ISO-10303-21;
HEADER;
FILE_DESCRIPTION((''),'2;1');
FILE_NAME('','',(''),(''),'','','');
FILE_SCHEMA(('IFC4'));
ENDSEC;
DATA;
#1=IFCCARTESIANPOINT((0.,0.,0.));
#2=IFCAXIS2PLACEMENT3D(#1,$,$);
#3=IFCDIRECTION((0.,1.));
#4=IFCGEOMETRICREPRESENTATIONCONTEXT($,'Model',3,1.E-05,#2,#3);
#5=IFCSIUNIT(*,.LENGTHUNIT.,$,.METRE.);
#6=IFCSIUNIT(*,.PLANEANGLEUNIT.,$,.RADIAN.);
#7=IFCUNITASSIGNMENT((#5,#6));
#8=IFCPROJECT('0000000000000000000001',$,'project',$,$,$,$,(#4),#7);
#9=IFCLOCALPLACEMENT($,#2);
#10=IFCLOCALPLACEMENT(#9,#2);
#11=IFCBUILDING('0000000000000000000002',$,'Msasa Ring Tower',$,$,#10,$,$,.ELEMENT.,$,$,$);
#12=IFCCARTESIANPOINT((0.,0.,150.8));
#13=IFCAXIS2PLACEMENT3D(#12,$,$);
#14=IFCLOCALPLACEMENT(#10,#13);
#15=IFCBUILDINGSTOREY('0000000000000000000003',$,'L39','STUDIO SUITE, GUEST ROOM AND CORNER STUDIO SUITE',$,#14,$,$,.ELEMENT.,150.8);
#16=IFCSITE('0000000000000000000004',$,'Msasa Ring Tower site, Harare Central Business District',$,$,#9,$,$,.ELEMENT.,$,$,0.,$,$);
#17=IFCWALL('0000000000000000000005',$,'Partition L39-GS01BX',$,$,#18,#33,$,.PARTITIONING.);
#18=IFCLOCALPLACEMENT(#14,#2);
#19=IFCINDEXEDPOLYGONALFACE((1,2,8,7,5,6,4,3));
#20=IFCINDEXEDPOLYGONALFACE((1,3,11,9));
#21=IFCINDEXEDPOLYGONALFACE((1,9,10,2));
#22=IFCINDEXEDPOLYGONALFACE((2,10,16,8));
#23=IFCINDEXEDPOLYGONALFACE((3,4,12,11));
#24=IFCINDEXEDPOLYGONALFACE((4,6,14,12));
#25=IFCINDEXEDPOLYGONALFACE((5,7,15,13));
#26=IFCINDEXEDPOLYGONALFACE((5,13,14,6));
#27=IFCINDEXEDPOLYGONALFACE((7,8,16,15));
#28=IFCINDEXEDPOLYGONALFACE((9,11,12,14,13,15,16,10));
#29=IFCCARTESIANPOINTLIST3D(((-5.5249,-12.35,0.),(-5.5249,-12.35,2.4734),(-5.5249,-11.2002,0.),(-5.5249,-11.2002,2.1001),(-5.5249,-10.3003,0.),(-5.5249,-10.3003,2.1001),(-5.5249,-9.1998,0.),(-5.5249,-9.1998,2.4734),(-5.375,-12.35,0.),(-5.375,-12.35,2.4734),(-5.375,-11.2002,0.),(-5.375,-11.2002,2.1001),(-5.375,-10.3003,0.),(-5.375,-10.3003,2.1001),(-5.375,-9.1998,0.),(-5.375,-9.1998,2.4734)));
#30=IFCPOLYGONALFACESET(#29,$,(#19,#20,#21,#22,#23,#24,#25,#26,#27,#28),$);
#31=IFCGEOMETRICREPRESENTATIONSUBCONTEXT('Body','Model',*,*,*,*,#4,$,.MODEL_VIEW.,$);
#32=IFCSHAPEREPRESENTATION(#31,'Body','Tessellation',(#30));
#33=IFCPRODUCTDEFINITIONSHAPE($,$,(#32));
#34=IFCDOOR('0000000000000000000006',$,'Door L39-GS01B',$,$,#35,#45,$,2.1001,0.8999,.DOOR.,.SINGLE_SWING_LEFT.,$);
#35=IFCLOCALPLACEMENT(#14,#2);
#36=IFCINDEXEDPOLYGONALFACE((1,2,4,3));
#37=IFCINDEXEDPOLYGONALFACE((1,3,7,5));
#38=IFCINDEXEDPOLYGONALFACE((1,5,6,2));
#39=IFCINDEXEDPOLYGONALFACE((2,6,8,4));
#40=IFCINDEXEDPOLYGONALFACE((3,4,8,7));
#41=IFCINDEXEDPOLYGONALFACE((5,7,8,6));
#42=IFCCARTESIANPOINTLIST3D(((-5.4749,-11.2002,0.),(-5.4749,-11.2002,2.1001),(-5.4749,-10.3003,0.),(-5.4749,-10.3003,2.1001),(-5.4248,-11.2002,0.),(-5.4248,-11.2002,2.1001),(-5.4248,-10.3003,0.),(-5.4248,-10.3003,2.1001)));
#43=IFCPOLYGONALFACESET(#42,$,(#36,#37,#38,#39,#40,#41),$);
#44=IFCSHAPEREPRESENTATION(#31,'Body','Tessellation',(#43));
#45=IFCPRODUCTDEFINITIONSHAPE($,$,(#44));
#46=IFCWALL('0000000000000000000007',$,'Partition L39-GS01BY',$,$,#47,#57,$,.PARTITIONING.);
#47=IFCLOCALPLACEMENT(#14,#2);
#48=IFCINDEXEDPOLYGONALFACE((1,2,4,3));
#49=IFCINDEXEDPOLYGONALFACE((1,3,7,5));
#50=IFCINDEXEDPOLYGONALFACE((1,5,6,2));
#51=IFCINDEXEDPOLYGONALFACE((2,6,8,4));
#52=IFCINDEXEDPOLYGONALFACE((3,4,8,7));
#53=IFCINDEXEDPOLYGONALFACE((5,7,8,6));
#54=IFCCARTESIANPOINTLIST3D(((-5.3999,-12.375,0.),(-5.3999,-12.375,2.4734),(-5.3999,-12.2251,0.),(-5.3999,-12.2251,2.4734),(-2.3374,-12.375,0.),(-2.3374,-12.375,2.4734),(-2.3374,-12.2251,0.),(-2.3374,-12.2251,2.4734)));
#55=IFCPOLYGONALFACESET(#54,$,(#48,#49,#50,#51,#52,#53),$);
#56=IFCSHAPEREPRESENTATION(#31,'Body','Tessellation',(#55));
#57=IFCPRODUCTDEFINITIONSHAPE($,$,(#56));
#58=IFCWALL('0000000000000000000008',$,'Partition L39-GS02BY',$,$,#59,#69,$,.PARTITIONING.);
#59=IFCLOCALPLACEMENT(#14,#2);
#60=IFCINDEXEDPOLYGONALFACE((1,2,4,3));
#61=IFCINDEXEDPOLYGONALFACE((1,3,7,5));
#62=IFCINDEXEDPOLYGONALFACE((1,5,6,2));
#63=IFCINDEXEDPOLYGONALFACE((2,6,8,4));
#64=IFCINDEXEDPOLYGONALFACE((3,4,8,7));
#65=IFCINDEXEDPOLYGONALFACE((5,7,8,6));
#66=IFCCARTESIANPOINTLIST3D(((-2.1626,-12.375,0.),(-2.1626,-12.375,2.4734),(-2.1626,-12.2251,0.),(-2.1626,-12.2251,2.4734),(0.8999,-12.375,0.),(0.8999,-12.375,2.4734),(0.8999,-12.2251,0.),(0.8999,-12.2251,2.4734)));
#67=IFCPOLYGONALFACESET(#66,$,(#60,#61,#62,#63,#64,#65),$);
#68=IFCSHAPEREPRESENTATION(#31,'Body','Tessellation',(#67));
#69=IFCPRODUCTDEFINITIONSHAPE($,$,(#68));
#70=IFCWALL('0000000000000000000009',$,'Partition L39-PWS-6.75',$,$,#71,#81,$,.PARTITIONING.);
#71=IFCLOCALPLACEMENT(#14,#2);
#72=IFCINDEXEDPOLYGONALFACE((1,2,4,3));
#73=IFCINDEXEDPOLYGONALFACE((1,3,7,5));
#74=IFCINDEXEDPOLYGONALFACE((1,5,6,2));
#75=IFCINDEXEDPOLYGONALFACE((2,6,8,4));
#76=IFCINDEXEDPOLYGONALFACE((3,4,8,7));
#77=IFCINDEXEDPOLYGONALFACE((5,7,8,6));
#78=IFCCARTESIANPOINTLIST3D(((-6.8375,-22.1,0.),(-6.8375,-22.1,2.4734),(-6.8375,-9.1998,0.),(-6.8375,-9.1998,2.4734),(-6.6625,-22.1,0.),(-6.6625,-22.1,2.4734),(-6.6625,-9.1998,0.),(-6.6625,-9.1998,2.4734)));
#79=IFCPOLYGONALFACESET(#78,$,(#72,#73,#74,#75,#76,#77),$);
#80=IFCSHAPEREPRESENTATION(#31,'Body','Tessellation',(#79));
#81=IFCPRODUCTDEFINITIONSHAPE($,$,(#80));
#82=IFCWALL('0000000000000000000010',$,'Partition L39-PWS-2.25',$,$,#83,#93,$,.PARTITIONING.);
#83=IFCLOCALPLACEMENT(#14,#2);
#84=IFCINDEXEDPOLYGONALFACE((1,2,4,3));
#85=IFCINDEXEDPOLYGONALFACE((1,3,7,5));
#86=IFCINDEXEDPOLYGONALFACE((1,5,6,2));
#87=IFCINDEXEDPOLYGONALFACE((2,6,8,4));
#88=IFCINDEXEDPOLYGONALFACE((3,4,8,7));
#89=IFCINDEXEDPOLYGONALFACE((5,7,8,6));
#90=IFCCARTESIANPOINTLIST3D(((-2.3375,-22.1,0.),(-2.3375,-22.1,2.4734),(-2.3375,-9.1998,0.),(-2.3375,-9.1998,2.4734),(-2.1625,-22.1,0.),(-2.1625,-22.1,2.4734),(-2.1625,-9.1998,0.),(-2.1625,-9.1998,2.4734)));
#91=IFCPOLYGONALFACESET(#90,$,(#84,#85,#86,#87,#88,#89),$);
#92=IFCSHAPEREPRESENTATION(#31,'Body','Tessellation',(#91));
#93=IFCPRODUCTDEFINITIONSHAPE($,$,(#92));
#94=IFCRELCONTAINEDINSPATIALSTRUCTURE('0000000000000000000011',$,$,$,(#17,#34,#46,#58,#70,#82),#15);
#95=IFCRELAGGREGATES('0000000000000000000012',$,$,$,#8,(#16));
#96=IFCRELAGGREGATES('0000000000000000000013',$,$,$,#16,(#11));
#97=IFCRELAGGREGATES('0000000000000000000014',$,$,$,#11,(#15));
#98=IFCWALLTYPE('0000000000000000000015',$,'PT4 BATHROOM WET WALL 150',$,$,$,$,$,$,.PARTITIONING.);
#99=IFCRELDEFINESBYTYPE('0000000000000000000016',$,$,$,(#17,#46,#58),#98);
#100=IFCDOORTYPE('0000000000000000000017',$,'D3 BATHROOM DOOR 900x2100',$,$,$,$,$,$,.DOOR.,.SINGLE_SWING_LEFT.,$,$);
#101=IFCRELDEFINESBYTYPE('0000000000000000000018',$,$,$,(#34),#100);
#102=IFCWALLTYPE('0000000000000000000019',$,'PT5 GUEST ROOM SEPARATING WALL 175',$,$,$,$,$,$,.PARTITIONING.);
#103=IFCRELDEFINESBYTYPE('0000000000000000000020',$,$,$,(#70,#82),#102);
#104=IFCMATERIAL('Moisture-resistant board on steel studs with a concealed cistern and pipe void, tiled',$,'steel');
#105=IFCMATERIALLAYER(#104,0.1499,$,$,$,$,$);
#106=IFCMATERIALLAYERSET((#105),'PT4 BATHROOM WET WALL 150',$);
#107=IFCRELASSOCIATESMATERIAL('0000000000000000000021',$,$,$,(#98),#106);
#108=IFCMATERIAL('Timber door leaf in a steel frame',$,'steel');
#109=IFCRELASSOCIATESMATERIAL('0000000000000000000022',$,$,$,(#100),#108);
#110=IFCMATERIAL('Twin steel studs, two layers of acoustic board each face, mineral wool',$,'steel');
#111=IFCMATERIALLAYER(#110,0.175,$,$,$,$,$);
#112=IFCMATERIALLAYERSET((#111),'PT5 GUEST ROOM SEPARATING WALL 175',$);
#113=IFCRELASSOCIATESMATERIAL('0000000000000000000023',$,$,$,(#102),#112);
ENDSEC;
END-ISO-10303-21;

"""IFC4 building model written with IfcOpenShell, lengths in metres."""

from ifc_helpers import new_model, si_unit, direction, frame, frame_2d, origin, place, context, subcontext, project, spatial, rectangle, extrude, material, layer, layer_set, type_object, element, fill, save


model = new_model("IFC4")

# Units and contexts
model_context = context("Model", 3, precision=1e-05, world=origin(), true_north=direction((0.0, 1.0)))
body_context = subcontext(model_context, "Body", "Model", "MODEL_VIEW")
ifc_project = project(units=[si_unit("LENGTHUNIT", "METRE"), si_unit("PLANEANGLEUNIT", "RADIAN")], contexts=[model_context])

# Site, building, storey
site_placement = place(None, origin())
site = spatial("IfcSite", under=ifc_project, at=site_placement, Name="Msasa Ring Tower site, Harare Central Business District", CompositionType="ELEMENT", RefElevation=0.0)
building_placement = place(site_placement, origin())
building = spatial("IfcBuilding", under=site, at=building_placement, Name="Msasa Ring Tower", CompositionType="ELEMENT")
storey_placement = place(building_placement, frame((0.0, 0.0, 150.8)))
storey = spatial("IfcBuildingStorey", under=building, at=storey_placement, Name="L39", Description="STUDIO SUITE, GUEST ROOM AND CORNER STUDIO SUITE", CompositionType="ELEMENT", Elevation=150.8)

# Shared definitions
ifc_material_1 = material(Name="Moisture-resistant board on steel studs with a concealed cistern and pipe void, tiled", Category="steel")
ifc_layer_1 = layer(ifc_material_1, 0.1499)
ifc_layer_set_1 = layer_set([ifc_layer_1], Name="PT4 BATHROOM WET WALL 150")
wall_type_1 = type_object("IfcWallType", Name="PT4 BATHROOM WET WALL 150", PredefinedType="PARTITIONING", material=ifc_layer_set_1)

# Wall, opening, door
wall_1_placement = place(storey_placement, frame((-5.45, -12.3501, 0.0), z_axis=(0.0, 0.0, 1.0), x_axis=(0.0, 1.0, 0.0)))
wall_1 = element("IfcWall", 1, at=wall_1_placement, inside=storey, type_object=wall_type_1, Name="Partition L39-GS01BX", PredefinedType="PARTITIONING", context=body_context, shape_type="SweptSolid", body=[
    extrude(rectangle(XDim=3.1501, YDim=0.1499, at=frame_2d((1.5752, 0.0))), origin(), (0.0, 0.0, 1.0), 2.4734),
])
opening_1_placement = place(wall_1_placement, frame((1.1499, 0.0, 0.0)))
opening_1 = element("IfcOpeningElement", 2, at=opening_1_placement, cuts=wall_1, PredefinedType="OPENING", context=body_context, shape_type="SweptSolid", body=[
    extrude(rectangle(XDim=0.8999, YDim=2.1001, at=frame_2d((0.45, 1.05))), frame((0.0, 0.085, 0.0), z_axis=(0.0, -1.0, 0.0), x_axis=(1.0, 0.0, 0.0)), (0.0, 0.0, 1.0), 0.1699),
])
ifc_material_2 = material(Name="Timber door leaf in a steel frame", Category="steel")
door_type = type_object("IfcDoorType", Name="D3 BATHROOM DOOR 900x2100", OperationType="SINGLE_SWING_LEFT", PredefinedType="DOOR", material=ifc_material_2)
door_placement = place(opening_1_placement, origin())
door = element("IfcDoor", 3, at=door_placement, inside=storey, type_object=door_type, Name="Door L39-GS01B", OperationType="SINGLE_SWING_LEFT", OverallHeight=2.1001, OverallWidth=0.8999, PredefinedType="DOOR", context=body_context, shape_type="SweptSolid", body=[
    extrude(rectangle(XDim=0.8999, YDim=2.1001, at=frame_2d((0.45, 1.05))), frame((0.0, 0.0249, 0.0), z_axis=(0.0, -1.0, 0.0), x_axis=(1.0, 0.0, 0.0)), (0.0, 0.0, 1.0), 0.05),
])
fill(opening_1, door)

# Walls
for number, where, z_axis, x_axis, name in (
    (4, (-5.3999, -12.3, 0.0), (0.0, 0.0, 1.0), (1.0, 0.0, 0.0), "Partition L39-GS01BY"),
    (5, (-2.1626, -12.3, 0.0), (0.0, 0.0, 1.0), (1.0, 0.0, 0.0), "Partition L39-GS02BY"),
):
    element("IfcWall", number, at=place(storey_placement, frame(where, z_axis=z_axis, x_axis=x_axis)), inside=storey, type_object=wall_type_1, Name=name, PredefinedType="PARTITIONING", context=body_context, shape_type="SweptSolid", body=[
        extrude(rectangle(XDim=3.0625, YDim=0.1499, at=frame_2d((1.5312, 0.0))), origin(), (0.0, 0.0, 1.0), 2.4734),
    ])
ifc_material_3 = material(Name="Twin steel studs, two layers of acoustic board each face, mineral wool", Category="steel")
ifc_layer_2 = layer(ifc_material_3, 0.175)
ifc_layer_set_2 = layer_set([ifc_layer_2], Name="PT5 GUEST ROOM SEPARATING WALL 175")
wall_type_2 = type_object("IfcWallType", Name="PT5 GUEST ROOM SEPARATING WALL 175", PredefinedType="PARTITIONING", material=ifc_layer_set_2)
for number, where, z_axis, x_axis, name in (
    (6, (-6.75, -22.1001, 0.0), (0.0, 0.0, 1.0), (0.0, 1.0, 0.0), "Partition L39-PWS-6.75"),
    (7, (-2.25, -22.1001, 0.0), (0.0, 0.0, 1.0), (0.0, 1.0, 0.0), "Partition L39-PWS-2.25"),
):
    element("IfcWall", number, at=place(storey_placement, frame(where, z_axis=z_axis, x_axis=x_axis)), inside=storey, type_object=wall_type_2, Name=name, PredefinedType="PARTITIONING", context=body_context, shape_type="SweptSolid", body=[
        extrude(rectangle(XDim=12.9001, YDim=0.175, at=frame_2d((6.4502, 0.0))), origin(), (0.0, 0.0, 1.0), 2.4734),
    ])

save(model, "model.ifc")
